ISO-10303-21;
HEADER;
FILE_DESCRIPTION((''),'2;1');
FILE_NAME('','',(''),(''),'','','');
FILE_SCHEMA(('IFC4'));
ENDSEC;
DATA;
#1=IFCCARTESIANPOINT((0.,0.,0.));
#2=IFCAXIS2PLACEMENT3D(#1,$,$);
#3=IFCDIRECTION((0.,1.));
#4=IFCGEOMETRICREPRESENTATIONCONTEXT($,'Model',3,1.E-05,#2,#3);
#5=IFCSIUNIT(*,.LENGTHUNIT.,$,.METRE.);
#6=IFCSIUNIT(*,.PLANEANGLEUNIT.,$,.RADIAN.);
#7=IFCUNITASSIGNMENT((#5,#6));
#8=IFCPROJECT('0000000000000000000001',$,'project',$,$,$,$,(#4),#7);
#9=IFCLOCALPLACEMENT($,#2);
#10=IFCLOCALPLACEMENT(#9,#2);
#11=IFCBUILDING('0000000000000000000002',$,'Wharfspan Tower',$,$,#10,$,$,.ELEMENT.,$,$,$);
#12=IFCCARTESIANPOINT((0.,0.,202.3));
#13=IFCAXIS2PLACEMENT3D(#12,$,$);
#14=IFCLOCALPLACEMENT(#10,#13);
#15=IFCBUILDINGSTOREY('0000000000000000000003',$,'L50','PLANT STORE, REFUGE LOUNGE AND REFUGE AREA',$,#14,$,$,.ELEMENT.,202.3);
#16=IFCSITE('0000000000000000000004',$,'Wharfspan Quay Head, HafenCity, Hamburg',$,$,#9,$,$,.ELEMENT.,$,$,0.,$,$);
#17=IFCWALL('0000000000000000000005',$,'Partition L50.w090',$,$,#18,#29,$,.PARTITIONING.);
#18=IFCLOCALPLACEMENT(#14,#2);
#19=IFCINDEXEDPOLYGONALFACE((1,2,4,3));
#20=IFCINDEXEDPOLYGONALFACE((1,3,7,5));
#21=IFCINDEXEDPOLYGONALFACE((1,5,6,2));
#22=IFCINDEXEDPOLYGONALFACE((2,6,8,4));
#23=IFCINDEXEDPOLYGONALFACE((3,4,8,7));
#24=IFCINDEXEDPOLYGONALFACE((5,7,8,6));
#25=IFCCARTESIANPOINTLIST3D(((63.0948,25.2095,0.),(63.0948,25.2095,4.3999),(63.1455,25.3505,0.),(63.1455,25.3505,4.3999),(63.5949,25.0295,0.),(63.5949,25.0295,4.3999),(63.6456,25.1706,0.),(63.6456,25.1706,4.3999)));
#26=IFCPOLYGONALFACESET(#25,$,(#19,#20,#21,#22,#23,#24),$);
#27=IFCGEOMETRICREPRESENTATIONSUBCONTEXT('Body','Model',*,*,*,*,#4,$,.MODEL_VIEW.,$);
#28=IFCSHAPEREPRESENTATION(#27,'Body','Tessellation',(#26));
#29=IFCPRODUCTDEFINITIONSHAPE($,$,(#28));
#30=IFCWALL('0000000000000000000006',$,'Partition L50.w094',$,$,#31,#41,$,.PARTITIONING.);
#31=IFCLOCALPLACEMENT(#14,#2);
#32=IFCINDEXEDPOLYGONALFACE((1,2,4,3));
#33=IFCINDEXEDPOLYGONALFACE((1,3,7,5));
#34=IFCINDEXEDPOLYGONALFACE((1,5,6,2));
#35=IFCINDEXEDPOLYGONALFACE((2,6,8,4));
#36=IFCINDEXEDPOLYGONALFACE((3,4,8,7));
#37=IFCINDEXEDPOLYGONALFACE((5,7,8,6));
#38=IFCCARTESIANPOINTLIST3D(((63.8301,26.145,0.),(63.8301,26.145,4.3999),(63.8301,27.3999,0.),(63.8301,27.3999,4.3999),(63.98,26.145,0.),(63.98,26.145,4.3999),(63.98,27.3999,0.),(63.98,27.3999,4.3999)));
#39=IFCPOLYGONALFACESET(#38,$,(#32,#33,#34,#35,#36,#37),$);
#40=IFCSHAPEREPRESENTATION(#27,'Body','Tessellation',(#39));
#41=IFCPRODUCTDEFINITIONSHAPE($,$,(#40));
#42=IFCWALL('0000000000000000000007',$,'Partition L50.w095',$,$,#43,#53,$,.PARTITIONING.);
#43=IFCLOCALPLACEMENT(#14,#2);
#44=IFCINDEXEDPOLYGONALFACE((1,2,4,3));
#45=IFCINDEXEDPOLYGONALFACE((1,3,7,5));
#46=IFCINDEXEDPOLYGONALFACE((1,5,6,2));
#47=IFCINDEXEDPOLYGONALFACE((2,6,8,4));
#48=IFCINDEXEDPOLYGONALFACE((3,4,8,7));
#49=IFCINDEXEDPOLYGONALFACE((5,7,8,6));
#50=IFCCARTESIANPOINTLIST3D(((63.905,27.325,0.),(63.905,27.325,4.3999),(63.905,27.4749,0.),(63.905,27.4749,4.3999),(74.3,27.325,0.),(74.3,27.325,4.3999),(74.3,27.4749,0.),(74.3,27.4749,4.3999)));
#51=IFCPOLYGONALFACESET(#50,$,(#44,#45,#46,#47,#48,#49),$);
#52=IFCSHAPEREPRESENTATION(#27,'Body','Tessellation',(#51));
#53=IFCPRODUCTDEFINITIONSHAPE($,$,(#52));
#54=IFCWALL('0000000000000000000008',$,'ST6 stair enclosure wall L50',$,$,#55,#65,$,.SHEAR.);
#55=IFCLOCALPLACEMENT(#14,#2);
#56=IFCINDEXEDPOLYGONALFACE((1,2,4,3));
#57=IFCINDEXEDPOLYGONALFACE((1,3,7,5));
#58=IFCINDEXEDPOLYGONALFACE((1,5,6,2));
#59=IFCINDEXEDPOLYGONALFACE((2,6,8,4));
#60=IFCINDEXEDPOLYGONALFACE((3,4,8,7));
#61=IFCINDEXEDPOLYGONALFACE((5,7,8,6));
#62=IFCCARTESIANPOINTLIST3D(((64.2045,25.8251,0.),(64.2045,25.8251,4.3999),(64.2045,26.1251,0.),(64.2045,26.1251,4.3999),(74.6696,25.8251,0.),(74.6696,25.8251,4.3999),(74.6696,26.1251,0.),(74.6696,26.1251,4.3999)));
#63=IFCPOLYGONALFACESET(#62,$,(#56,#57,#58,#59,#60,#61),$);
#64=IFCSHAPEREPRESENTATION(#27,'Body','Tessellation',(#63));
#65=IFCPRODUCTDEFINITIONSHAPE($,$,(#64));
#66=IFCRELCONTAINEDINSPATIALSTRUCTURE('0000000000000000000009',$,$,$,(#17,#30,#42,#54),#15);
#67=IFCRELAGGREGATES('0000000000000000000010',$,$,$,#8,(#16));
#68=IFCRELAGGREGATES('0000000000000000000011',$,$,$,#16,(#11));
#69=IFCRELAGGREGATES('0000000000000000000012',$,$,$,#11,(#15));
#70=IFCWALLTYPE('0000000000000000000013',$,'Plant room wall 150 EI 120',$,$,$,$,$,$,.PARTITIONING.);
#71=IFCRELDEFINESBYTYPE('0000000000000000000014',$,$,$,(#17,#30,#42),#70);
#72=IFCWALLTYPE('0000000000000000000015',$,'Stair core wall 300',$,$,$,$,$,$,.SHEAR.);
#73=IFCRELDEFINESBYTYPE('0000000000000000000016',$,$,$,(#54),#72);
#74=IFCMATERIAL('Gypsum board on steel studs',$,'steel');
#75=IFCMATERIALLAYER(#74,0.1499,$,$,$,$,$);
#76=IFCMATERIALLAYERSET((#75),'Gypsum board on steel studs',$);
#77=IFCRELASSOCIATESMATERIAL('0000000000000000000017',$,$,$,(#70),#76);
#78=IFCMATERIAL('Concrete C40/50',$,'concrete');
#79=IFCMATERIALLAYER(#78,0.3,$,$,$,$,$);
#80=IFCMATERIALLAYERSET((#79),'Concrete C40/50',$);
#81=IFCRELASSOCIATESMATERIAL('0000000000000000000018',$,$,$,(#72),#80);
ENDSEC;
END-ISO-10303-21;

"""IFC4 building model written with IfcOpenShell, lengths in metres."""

from ifc_helpers import new_model, si_unit, direction, frame, frame_2d, origin, place, context, subcontext, project, spatial, rectangle, extrude, material, layer, layer_set, type_object, element, save


model = new_model("IFC4")

# Units and contexts
model_context = context("Model", 3, precision=1e-05, world=origin(), true_north=direction((0.0, 1.0)))
body_context = subcontext(model_context, "Body", "Model", "MODEL_VIEW")
ifc_project = project(units=[si_unit("LENGTHUNIT", "METRE"), si_unit("PLANEANGLEUNIT", "RADIAN")], contexts=[model_context])

# Site, building, storey
site_placement = place(None, origin())
site = spatial("IfcSite", under=ifc_project, at=site_placement, Name="Wharfspan Quay Head, HafenCity, Hamburg", CompositionType="ELEMENT", RefElevation=0.0)
building_placement = place(site_placement, origin())
building = spatial("IfcBuilding", under=site, at=building_placement, Name="Wharfspan Tower", CompositionType="ELEMENT")
storey_placement = place(building_placement, frame((0.0, 0.0, 202.3)))
storey = spatial("IfcBuildingStorey", under=building, at=storey_placement, Name="L50", Description="PLANT STORE, REFUGE LOUNGE AND REFUGE AREA", CompositionType="ELEMENT", Elevation=202.3)

# Shared definitions
ifc_material_1 = material(Name="Gypsum board on steel studs", Category="steel")
ifc_layer_1 = layer(ifc_material_1, 0.1499)
ifc_layer_set_1 = layer_set([ifc_layer_1], Name="Gypsum board on steel studs")
wall_type_1 = type_object("IfcWallType", Name="Plant room wall 150 EI 120", PredefinedType="PARTITIONING", material=ifc_layer_set_1)

# Walls
wall_1_placement = place(storey_placement, frame((63.6201, 25.1001, 0.0), z_axis=(0.0, 0.0, 1.0), x_axis=(-0.940924, 0.338604, 0.0)))
element("IfcWall", 1, at=wall_1_placement, inside=storey, type_object=wall_type_1, Name="Partition L50.w090", PredefinedType="PARTITIONING", context=body_context, shape_type="SweptSolid", body=[
    extrude(rectangle(XDim=0.5315, YDim=0.1499, at=frame_2d((0.2656, 0.0))), origin(), (0.0, 0.0, 1.0), 4.3999),
])
wall_2_placement = place(storey_placement, frame((63.905, 26.145, 0.0), z_axis=(0.0, 0.0, 1.0), x_axis=(0.0, 1.0, 0.0)))
element("IfcWall", 2, at=wall_2_placement, inside=storey, type_object=wall_type_1, Name="Partition L50.w094", PredefinedType="PARTITIONING", context=body_context, shape_type="SweptSolid", body=[
    extrude(rectangle(XDim=1.2549, YDim=0.1499, at=frame_2d((0.6274, 0.0))), origin(), (0.0, 0.0, 1.0), 4.3999),
])
wall_3_placement = place(storey_placement, frame((63.905, 27.3999, 0.0), z_axis=(0.0, 0.0, 1.0), x_axis=(1.0, 0.0, 0.0)))
element("IfcWall", 3, at=wall_3_placement, inside=storey, type_object=wall_type_1, Name="Partition L50.w095", PredefinedType="PARTITIONING", context=body_context, shape_type="SweptSolid", body=[
    extrude(rectangle(XDim=10.395, YDim=0.1499, at=frame_2d((5.1975, 0.0))), origin(), (0.0, 0.0, 1.0), 4.3999),
])
ifc_material_2 = material(Name="Concrete C40/50", Category="concrete")
ifc_layer_2 = layer(ifc_material_2, 0.3)
ifc_layer_set_2 = layer_set([ifc_layer_2], Name="Concrete C40/50")
wall_type_2 = type_object("IfcWallType", Name="Stair core wall 300", PredefinedType="SHEAR", material=ifc_layer_set_2)
wall_4_placement = place(storey_placement, frame((64.2046, 25.9751, 0.0), z_axis=(0.0, 0.0, 1.0), x_axis=(1.0, 0.0, 0.0)))
element("IfcWall", 4, at=wall_4_placement, inside=storey, type_object=wall_type_2, Name="ST6 stair enclosure wall L50", PredefinedType="SHEAR", context=body_context, shape_type="SweptSolid", body=[
    extrude(rectangle(XDim=10.4651, YDim=0.3, at=frame_2d((5.2324, 0.0))), origin(), (0.0, 0.0, 1.0), 4.3999),
])

save(model, "model.ifc")
